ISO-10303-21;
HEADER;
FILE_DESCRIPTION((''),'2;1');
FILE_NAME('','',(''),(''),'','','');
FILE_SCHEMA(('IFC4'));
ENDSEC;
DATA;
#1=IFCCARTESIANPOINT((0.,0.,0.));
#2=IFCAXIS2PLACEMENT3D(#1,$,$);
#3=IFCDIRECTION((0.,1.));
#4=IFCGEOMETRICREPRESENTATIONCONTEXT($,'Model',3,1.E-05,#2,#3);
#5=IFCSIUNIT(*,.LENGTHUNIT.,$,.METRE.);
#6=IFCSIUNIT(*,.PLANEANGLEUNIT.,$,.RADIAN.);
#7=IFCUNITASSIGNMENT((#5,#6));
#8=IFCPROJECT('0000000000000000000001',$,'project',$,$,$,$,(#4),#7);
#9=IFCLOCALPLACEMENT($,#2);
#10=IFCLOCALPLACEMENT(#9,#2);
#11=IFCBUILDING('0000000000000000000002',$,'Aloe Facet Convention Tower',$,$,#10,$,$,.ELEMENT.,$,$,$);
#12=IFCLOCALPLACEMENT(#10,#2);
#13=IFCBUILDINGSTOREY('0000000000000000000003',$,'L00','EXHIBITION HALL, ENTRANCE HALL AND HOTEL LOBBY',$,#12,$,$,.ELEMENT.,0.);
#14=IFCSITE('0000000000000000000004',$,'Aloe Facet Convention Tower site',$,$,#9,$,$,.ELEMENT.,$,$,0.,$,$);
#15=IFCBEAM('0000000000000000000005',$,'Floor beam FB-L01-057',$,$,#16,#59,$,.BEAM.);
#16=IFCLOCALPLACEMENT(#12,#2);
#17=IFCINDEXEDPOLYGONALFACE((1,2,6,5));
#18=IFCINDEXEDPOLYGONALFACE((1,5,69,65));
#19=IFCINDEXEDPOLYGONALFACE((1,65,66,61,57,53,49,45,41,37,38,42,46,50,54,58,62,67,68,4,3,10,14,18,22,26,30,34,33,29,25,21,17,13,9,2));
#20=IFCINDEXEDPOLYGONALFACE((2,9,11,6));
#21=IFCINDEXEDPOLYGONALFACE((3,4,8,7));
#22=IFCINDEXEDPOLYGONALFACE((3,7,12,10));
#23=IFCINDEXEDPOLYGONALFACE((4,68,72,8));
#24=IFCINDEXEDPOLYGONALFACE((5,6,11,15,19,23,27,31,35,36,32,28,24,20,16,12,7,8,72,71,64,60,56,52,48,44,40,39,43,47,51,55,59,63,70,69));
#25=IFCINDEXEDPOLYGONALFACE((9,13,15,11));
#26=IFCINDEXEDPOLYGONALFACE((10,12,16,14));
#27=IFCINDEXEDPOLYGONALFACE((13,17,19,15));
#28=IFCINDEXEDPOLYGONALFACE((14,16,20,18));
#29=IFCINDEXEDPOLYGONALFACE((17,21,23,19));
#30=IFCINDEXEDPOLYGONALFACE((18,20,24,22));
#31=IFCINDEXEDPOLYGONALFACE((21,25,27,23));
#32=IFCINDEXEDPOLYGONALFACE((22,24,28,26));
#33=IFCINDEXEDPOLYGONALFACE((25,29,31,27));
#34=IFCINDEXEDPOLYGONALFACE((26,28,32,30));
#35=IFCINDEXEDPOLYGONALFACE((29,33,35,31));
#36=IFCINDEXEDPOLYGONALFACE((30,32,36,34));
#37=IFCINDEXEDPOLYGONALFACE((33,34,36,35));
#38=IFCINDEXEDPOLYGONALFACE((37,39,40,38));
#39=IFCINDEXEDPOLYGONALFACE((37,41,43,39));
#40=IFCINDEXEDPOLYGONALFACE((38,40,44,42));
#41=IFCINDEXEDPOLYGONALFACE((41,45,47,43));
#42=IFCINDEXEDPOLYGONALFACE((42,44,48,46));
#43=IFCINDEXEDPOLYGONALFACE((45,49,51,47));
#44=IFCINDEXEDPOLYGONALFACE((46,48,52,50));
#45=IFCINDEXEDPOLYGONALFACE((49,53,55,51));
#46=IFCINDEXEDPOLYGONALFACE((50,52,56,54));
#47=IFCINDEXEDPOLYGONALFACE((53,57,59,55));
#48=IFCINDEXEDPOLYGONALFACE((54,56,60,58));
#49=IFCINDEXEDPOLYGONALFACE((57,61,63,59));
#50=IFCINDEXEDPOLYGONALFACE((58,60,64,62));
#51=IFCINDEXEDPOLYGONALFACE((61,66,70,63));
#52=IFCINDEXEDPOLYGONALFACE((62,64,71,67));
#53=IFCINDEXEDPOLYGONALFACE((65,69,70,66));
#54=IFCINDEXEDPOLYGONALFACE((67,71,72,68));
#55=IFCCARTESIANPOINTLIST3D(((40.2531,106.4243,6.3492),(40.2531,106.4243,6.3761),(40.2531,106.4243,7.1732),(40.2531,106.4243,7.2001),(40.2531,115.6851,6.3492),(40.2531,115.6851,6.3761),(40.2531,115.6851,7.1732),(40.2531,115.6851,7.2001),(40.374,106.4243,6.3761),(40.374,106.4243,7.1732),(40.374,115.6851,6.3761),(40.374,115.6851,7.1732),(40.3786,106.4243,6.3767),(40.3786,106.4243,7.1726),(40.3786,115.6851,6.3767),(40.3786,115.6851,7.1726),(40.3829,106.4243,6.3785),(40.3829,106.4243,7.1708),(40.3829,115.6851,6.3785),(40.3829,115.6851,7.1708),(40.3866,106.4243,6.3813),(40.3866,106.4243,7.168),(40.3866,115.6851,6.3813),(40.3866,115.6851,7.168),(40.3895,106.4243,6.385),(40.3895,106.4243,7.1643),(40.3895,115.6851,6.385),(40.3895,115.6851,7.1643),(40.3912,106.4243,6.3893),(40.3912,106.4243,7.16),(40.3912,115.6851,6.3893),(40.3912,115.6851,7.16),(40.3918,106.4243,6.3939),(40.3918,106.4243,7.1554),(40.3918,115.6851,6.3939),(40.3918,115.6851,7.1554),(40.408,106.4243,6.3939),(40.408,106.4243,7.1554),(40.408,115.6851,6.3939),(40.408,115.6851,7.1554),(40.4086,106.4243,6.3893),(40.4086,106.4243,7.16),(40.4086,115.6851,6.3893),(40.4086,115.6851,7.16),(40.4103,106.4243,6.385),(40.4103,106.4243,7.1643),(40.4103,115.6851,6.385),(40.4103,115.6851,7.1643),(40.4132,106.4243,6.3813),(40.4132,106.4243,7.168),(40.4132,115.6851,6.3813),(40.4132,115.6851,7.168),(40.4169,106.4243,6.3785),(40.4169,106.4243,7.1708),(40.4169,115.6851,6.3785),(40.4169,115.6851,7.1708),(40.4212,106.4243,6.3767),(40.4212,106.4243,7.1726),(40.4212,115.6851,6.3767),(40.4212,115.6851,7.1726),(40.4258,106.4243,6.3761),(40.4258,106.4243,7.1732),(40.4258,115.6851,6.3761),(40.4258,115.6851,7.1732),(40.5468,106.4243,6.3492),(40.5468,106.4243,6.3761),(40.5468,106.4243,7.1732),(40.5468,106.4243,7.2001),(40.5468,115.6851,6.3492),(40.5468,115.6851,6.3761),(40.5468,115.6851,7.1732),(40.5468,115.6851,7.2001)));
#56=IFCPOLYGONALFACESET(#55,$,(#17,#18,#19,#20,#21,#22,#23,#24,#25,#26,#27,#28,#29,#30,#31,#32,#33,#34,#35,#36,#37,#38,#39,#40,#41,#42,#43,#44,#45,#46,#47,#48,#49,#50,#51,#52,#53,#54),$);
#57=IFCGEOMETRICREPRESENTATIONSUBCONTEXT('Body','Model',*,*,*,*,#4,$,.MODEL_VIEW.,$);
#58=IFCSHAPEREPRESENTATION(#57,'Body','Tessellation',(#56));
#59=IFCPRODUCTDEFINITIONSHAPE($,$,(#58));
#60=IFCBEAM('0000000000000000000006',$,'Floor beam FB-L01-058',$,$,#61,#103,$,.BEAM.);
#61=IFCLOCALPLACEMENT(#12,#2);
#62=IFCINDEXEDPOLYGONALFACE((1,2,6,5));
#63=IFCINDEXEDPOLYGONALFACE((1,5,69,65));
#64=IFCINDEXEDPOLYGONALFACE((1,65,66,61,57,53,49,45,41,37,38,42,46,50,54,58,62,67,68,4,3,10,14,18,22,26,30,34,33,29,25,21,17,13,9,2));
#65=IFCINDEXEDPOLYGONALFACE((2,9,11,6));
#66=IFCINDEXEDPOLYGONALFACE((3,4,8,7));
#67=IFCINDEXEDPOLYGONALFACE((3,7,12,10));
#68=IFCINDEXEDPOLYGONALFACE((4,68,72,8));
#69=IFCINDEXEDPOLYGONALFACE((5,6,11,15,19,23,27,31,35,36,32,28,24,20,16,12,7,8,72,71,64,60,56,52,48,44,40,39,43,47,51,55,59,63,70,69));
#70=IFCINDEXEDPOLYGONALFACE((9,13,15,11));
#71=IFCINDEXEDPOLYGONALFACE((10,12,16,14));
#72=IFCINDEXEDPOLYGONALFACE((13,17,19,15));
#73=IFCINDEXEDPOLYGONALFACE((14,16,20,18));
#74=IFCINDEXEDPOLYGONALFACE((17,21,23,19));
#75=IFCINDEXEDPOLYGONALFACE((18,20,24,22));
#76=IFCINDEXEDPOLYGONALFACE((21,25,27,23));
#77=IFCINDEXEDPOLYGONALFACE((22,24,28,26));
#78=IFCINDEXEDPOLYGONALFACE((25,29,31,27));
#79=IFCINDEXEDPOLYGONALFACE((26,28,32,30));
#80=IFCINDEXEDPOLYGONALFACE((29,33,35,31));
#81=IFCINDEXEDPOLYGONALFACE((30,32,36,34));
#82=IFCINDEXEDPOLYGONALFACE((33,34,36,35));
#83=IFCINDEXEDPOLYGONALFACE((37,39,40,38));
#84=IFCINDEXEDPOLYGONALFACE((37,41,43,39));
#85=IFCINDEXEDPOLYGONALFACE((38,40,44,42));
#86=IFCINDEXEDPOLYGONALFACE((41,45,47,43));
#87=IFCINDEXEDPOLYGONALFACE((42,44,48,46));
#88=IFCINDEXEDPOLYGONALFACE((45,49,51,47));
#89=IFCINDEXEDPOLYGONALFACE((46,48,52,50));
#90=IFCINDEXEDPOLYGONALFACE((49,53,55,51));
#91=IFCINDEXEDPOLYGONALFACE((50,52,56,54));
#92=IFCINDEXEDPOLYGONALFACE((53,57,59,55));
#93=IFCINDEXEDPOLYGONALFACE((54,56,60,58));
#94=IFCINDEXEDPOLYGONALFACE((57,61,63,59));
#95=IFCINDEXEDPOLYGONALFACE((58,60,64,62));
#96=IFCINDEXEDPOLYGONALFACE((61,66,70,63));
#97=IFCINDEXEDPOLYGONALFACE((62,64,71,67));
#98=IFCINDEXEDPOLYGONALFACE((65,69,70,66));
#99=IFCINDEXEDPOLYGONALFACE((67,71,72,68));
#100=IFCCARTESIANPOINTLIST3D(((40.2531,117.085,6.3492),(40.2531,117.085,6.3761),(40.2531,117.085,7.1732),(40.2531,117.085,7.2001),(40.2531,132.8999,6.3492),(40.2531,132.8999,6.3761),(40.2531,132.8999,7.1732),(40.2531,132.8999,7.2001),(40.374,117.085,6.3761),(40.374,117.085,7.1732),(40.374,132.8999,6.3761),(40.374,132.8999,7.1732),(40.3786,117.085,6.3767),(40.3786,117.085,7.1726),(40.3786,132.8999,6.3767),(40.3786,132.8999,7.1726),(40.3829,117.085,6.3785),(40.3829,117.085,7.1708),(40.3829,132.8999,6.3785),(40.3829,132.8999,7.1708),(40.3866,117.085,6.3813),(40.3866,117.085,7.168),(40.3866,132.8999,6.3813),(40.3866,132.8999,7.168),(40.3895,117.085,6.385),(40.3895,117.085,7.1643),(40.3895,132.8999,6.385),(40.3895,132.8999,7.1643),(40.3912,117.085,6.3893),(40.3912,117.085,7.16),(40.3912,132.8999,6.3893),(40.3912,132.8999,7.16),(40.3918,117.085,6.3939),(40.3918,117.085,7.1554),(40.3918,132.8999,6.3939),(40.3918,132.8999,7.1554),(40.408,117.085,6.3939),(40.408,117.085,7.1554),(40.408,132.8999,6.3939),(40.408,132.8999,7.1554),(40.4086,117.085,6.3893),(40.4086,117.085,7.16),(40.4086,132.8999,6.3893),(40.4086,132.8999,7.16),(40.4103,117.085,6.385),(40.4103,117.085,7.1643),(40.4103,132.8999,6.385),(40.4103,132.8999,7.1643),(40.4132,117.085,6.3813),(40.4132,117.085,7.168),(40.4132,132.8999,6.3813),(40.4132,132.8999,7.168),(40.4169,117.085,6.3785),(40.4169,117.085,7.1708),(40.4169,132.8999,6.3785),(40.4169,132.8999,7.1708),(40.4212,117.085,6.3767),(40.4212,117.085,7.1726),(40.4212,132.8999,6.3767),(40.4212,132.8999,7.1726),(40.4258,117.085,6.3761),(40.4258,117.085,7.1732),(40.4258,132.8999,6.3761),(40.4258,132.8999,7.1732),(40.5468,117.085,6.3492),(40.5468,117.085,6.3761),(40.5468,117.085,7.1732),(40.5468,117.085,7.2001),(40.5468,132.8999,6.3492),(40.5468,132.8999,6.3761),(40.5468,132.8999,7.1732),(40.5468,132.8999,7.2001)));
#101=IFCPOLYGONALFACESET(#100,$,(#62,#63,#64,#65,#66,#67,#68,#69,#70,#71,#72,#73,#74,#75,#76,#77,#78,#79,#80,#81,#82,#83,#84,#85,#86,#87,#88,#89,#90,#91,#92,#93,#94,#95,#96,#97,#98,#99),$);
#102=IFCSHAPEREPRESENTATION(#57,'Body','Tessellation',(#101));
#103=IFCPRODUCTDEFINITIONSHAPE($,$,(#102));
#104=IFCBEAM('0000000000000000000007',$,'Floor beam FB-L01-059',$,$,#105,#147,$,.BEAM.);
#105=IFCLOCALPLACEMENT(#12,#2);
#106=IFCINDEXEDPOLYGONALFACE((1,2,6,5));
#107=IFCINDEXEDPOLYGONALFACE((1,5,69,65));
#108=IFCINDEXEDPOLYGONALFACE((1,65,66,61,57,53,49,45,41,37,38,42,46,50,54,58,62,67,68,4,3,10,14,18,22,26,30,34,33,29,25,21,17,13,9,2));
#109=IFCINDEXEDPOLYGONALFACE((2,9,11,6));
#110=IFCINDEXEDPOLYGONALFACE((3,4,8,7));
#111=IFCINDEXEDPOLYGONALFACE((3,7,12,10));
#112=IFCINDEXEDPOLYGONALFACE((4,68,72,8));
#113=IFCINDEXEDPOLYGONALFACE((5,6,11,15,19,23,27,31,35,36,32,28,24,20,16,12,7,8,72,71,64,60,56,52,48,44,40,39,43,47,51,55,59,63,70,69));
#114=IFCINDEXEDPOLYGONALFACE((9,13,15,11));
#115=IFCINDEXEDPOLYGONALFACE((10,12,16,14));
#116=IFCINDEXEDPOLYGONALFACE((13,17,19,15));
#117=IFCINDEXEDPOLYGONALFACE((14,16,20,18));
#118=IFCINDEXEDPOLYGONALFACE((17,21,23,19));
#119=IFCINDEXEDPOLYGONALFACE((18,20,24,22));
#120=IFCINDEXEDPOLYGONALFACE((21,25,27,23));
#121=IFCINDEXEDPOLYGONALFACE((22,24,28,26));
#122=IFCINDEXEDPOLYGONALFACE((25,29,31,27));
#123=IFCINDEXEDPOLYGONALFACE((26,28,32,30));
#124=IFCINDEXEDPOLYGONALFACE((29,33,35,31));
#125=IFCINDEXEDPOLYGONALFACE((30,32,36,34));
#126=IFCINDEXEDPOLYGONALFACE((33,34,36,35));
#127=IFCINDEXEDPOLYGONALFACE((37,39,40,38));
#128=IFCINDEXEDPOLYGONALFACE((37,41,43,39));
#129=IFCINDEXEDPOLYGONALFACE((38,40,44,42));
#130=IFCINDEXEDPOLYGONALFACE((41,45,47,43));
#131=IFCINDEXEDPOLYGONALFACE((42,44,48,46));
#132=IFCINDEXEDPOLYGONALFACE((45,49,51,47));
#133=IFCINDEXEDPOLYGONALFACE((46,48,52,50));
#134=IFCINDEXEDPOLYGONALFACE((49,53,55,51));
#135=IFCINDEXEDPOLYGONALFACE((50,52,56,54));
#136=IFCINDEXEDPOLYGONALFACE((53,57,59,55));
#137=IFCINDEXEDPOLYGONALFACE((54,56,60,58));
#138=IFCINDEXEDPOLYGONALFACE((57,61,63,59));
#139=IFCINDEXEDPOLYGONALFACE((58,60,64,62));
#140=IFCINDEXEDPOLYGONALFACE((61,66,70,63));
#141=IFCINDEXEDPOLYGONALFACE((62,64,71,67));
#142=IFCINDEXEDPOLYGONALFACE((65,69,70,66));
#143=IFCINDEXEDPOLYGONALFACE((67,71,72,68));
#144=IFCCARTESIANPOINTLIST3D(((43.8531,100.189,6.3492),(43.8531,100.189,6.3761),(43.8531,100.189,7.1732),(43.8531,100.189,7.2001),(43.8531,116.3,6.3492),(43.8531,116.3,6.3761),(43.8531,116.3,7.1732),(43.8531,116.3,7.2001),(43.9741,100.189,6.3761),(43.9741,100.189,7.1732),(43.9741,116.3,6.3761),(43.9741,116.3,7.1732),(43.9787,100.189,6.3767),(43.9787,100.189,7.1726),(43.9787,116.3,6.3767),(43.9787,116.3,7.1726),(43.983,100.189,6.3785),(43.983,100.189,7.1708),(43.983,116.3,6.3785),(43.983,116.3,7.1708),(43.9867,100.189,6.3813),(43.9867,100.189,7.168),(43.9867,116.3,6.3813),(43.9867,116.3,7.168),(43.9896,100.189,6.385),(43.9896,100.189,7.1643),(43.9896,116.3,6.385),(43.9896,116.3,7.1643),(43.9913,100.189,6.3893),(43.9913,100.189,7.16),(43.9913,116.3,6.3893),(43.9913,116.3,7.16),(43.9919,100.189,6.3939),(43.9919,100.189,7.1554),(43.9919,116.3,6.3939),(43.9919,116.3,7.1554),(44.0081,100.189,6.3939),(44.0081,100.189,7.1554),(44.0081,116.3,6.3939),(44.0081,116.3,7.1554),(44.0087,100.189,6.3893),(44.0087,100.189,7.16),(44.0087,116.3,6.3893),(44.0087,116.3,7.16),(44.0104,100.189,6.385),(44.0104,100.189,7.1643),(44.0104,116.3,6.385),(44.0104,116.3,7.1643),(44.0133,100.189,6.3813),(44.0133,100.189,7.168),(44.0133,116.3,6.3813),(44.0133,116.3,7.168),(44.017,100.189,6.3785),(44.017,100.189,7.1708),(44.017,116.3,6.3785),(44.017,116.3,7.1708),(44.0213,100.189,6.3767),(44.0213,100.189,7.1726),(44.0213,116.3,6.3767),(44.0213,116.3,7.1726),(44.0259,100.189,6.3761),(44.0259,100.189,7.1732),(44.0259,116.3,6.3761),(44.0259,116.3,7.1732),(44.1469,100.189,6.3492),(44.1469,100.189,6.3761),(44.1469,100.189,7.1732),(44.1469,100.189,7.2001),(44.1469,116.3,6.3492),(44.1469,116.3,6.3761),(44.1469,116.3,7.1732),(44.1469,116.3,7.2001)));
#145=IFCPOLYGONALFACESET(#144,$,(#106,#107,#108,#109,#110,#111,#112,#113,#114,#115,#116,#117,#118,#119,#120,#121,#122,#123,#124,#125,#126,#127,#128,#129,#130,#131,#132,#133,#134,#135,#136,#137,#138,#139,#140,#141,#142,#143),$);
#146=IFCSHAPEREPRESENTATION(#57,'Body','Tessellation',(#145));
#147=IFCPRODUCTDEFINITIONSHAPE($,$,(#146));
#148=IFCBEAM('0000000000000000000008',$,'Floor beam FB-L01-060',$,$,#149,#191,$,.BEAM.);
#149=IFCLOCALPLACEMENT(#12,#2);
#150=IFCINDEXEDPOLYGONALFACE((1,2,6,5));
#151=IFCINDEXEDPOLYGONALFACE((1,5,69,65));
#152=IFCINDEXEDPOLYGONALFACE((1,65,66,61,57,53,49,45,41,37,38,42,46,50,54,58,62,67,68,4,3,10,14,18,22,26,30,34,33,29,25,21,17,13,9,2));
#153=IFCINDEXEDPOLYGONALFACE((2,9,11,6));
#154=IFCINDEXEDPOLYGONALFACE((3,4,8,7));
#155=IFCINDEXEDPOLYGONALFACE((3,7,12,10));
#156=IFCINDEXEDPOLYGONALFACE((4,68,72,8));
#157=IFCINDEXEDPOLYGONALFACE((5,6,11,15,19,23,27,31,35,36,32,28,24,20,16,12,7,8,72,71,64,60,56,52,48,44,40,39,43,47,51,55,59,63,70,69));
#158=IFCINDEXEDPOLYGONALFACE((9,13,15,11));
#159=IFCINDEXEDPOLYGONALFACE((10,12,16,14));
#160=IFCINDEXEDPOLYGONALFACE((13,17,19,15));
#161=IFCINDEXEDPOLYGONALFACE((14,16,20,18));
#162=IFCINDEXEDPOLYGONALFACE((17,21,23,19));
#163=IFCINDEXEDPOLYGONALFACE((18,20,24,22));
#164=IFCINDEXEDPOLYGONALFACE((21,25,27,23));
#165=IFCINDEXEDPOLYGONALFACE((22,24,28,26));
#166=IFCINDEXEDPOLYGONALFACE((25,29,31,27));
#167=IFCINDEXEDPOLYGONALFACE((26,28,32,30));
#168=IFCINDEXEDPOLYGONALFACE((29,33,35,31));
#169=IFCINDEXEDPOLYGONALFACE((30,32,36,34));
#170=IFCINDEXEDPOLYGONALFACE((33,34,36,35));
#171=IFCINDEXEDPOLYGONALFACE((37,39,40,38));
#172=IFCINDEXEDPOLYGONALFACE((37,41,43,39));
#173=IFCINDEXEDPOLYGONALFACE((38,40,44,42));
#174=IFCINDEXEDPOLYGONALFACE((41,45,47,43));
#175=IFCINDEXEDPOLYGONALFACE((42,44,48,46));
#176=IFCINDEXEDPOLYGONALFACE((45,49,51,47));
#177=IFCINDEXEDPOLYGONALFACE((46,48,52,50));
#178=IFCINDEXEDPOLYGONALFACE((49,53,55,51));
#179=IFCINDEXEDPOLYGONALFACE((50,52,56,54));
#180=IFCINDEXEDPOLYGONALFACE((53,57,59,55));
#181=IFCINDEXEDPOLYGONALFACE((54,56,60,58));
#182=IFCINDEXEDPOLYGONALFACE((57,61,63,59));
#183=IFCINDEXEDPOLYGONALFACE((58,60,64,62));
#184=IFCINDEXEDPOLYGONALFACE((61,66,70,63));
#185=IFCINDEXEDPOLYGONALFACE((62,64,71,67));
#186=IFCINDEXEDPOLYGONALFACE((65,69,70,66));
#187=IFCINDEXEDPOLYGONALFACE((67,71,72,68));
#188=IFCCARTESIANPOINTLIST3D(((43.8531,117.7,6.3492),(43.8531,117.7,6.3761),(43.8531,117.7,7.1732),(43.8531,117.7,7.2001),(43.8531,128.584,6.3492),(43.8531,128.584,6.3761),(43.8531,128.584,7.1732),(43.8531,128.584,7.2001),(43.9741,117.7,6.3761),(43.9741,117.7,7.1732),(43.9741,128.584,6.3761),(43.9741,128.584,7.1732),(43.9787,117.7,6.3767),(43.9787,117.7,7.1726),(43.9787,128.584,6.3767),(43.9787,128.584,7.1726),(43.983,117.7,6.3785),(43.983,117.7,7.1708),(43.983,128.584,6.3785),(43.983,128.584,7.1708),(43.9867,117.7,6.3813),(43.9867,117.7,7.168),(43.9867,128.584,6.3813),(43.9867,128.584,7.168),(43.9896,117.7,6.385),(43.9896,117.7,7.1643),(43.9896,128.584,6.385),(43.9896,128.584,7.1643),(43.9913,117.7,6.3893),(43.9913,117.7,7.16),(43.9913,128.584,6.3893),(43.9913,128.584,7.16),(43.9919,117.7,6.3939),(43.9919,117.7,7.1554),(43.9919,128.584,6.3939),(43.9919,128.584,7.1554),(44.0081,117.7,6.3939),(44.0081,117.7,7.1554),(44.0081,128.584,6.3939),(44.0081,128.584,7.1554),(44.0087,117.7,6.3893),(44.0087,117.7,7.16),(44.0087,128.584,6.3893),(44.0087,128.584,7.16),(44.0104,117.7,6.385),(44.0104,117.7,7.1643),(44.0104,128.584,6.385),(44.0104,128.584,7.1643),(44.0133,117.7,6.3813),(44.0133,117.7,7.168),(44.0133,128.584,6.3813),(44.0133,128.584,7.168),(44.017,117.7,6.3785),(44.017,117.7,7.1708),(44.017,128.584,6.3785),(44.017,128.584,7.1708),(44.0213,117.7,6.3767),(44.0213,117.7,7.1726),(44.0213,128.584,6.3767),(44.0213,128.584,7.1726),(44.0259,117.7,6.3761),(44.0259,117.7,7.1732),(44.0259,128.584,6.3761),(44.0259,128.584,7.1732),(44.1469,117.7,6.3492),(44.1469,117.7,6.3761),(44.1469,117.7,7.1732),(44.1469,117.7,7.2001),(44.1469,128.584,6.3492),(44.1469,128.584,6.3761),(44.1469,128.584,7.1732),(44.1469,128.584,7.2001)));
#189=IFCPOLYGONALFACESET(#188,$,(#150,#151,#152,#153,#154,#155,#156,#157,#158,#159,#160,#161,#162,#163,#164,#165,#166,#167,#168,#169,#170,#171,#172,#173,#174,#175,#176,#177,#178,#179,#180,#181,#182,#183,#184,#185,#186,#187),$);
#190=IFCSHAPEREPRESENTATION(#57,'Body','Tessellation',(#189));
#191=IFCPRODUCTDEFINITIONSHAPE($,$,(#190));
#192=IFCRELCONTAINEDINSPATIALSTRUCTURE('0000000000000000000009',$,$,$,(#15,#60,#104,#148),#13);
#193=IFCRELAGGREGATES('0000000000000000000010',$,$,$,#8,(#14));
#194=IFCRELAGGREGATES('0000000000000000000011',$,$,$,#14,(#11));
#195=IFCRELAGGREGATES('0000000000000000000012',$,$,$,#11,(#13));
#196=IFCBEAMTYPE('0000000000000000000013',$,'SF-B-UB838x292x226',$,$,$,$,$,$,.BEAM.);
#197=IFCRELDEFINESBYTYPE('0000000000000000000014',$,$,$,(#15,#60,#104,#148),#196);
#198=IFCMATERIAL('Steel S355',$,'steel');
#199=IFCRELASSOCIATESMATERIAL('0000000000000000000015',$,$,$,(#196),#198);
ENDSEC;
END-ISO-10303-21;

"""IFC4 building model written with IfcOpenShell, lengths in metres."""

from ifc_helpers import new_model, si_unit, direction, frame, origin, origin_2d, place, context, subcontext, project, spatial, i_section, extrude, material, material_profile, profile_set, type_object, element, save


model = new_model("IFC4")

# Units and contexts
model_context = context("Model", 3, precision=1e-05, world=origin(), true_north=direction((0.0, 1.0)))
body_context = subcontext(model_context, "Body", "Model", "MODEL_VIEW")
ifc_project = project(units=[si_unit("LENGTHUNIT", "METRE"), si_unit("PLANEANGLEUNIT", "RADIAN")], contexts=[model_context])

# Site, building, storey
site_placement = place(None, origin())
site = spatial("IfcSite", under=ifc_project, at=site_placement, Name="Aloe Facet Convention Tower site", CompositionType="ELEMENT", RefElevation=0.0)
building_placement = place(site_placement, origin())
building = spatial("IfcBuilding", under=site, at=building_placement, Name="Aloe Facet Convention Tower", CompositionType="ELEMENT")
storey_placement = place(building_placement, origin())
storey = spatial("IfcBuildingStorey", under=building, at=storey_placement, Name="L00", Description="EXHIBITION HALL, ENTRANCE HALL AND HOTEL LOBBY", CompositionType="ELEMENT", Elevation=0.0)

# Beams
ifc_material_1 = material(Name="Steel S355", Category="steel")
ifc_material_profile_1 = material_profile(ifc_material_1, i_section(OverallWidth=0.2937, OverallDepth=0.8508, WebThickness=0.0161, FlangeThickness=0.0269, FilletRadius=0.0178, at=origin_2d()), Name="UB 838x292x226")
ifc_profile_set_1 = profile_set([ifc_material_profile_1], Name="Steel S355")
beam_type_1 = type_object("IfcBeamType", Name="SF-B-UB838x292x226", PredefinedType="BEAM", material=ifc_profile_set_1)
beam_1_placement = place(storey_placement, frame((40.3999, 106.4243, 6.7747), z_axis=(0.0, 1.0, 0.0), x_axis=(-1.0, 0.0, 0.0)))
element("IfcBeam", 1, at=beam_1_placement, inside=storey, type_object=beam_type_1, Name="Floor beam FB-L01-057", PredefinedType="BEAM", context=body_context, shape_type="SweptSolid", body=[
    extrude(i_section(OverallWidth=0.2937, OverallDepth=0.8508, WebThickness=0.0161, FlangeThickness=0.0269, FilletRadius=0.0178, at=origin_2d()), origin(), (0.0, 0.0, 1.0), 9.2607),
])
beam_2_placement = place(storey_placement, frame((40.3999, 117.085, 6.7747), z_axis=(0.0, 1.0, 0.0), x_axis=(-1.0, 0.0, 0.0)))
element("IfcBeam", 2, at=beam_2_placement, inside=storey, type_object=beam_type_1, Name="Floor beam FB-L01-058", PredefinedType="BEAM", context=body_context, shape_type="SweptSolid", body=[
    extrude(i_section(OverallWidth=0.2937, OverallDepth=0.8508, WebThickness=0.0161, FlangeThickness=0.0269, FilletRadius=0.0178, at=origin_2d()), origin(), (0.0, 0.0, 1.0), 15.8149),
])
beam_3_placement = place(storey_placement, frame((44.0, 100.189, 6.7747), z_axis=(0.0, 1.0, 0.0), x_axis=(-1.0, 0.0, 0.0)))
element("IfcBeam", 3, at=beam_3_placement, inside=storey, type_object=beam_type_1, Name="Floor beam FB-L01-059", PredefinedType="BEAM", context=body_context, shape_type="SweptSolid", body=[
    extrude(i_section(OverallWidth=0.2937, OverallDepth=0.8508, WebThickness=0.0161, FlangeThickness=0.0269, FilletRadius=0.0178, at=origin_2d()), origin(), (0.0, 0.0, 1.0), 16.1111),
])
beam_4_placement = place(storey_placement, frame((44.0, 117.7, 6.7747), z_axis=(0.0, 1.0, 0.0), x_axis=(-1.0, 0.0, 0.0)))
element("IfcBeam", 4, at=beam_4_placement, inside=storey, type_object=beam_type_1, Name="Floor beam FB-L01-060", PredefinedType="BEAM", context=body_context, shape_type="SweptSolid", body=[
    extrude(i_section(OverallWidth=0.2937, OverallDepth=0.8508, WebThickness=0.0161, FlangeThickness=0.0269, FilletRadius=0.0178, at=origin_2d()), origin(), (0.0, 0.0, 1.0), 10.884),
])

save(model, "model.ifc")
